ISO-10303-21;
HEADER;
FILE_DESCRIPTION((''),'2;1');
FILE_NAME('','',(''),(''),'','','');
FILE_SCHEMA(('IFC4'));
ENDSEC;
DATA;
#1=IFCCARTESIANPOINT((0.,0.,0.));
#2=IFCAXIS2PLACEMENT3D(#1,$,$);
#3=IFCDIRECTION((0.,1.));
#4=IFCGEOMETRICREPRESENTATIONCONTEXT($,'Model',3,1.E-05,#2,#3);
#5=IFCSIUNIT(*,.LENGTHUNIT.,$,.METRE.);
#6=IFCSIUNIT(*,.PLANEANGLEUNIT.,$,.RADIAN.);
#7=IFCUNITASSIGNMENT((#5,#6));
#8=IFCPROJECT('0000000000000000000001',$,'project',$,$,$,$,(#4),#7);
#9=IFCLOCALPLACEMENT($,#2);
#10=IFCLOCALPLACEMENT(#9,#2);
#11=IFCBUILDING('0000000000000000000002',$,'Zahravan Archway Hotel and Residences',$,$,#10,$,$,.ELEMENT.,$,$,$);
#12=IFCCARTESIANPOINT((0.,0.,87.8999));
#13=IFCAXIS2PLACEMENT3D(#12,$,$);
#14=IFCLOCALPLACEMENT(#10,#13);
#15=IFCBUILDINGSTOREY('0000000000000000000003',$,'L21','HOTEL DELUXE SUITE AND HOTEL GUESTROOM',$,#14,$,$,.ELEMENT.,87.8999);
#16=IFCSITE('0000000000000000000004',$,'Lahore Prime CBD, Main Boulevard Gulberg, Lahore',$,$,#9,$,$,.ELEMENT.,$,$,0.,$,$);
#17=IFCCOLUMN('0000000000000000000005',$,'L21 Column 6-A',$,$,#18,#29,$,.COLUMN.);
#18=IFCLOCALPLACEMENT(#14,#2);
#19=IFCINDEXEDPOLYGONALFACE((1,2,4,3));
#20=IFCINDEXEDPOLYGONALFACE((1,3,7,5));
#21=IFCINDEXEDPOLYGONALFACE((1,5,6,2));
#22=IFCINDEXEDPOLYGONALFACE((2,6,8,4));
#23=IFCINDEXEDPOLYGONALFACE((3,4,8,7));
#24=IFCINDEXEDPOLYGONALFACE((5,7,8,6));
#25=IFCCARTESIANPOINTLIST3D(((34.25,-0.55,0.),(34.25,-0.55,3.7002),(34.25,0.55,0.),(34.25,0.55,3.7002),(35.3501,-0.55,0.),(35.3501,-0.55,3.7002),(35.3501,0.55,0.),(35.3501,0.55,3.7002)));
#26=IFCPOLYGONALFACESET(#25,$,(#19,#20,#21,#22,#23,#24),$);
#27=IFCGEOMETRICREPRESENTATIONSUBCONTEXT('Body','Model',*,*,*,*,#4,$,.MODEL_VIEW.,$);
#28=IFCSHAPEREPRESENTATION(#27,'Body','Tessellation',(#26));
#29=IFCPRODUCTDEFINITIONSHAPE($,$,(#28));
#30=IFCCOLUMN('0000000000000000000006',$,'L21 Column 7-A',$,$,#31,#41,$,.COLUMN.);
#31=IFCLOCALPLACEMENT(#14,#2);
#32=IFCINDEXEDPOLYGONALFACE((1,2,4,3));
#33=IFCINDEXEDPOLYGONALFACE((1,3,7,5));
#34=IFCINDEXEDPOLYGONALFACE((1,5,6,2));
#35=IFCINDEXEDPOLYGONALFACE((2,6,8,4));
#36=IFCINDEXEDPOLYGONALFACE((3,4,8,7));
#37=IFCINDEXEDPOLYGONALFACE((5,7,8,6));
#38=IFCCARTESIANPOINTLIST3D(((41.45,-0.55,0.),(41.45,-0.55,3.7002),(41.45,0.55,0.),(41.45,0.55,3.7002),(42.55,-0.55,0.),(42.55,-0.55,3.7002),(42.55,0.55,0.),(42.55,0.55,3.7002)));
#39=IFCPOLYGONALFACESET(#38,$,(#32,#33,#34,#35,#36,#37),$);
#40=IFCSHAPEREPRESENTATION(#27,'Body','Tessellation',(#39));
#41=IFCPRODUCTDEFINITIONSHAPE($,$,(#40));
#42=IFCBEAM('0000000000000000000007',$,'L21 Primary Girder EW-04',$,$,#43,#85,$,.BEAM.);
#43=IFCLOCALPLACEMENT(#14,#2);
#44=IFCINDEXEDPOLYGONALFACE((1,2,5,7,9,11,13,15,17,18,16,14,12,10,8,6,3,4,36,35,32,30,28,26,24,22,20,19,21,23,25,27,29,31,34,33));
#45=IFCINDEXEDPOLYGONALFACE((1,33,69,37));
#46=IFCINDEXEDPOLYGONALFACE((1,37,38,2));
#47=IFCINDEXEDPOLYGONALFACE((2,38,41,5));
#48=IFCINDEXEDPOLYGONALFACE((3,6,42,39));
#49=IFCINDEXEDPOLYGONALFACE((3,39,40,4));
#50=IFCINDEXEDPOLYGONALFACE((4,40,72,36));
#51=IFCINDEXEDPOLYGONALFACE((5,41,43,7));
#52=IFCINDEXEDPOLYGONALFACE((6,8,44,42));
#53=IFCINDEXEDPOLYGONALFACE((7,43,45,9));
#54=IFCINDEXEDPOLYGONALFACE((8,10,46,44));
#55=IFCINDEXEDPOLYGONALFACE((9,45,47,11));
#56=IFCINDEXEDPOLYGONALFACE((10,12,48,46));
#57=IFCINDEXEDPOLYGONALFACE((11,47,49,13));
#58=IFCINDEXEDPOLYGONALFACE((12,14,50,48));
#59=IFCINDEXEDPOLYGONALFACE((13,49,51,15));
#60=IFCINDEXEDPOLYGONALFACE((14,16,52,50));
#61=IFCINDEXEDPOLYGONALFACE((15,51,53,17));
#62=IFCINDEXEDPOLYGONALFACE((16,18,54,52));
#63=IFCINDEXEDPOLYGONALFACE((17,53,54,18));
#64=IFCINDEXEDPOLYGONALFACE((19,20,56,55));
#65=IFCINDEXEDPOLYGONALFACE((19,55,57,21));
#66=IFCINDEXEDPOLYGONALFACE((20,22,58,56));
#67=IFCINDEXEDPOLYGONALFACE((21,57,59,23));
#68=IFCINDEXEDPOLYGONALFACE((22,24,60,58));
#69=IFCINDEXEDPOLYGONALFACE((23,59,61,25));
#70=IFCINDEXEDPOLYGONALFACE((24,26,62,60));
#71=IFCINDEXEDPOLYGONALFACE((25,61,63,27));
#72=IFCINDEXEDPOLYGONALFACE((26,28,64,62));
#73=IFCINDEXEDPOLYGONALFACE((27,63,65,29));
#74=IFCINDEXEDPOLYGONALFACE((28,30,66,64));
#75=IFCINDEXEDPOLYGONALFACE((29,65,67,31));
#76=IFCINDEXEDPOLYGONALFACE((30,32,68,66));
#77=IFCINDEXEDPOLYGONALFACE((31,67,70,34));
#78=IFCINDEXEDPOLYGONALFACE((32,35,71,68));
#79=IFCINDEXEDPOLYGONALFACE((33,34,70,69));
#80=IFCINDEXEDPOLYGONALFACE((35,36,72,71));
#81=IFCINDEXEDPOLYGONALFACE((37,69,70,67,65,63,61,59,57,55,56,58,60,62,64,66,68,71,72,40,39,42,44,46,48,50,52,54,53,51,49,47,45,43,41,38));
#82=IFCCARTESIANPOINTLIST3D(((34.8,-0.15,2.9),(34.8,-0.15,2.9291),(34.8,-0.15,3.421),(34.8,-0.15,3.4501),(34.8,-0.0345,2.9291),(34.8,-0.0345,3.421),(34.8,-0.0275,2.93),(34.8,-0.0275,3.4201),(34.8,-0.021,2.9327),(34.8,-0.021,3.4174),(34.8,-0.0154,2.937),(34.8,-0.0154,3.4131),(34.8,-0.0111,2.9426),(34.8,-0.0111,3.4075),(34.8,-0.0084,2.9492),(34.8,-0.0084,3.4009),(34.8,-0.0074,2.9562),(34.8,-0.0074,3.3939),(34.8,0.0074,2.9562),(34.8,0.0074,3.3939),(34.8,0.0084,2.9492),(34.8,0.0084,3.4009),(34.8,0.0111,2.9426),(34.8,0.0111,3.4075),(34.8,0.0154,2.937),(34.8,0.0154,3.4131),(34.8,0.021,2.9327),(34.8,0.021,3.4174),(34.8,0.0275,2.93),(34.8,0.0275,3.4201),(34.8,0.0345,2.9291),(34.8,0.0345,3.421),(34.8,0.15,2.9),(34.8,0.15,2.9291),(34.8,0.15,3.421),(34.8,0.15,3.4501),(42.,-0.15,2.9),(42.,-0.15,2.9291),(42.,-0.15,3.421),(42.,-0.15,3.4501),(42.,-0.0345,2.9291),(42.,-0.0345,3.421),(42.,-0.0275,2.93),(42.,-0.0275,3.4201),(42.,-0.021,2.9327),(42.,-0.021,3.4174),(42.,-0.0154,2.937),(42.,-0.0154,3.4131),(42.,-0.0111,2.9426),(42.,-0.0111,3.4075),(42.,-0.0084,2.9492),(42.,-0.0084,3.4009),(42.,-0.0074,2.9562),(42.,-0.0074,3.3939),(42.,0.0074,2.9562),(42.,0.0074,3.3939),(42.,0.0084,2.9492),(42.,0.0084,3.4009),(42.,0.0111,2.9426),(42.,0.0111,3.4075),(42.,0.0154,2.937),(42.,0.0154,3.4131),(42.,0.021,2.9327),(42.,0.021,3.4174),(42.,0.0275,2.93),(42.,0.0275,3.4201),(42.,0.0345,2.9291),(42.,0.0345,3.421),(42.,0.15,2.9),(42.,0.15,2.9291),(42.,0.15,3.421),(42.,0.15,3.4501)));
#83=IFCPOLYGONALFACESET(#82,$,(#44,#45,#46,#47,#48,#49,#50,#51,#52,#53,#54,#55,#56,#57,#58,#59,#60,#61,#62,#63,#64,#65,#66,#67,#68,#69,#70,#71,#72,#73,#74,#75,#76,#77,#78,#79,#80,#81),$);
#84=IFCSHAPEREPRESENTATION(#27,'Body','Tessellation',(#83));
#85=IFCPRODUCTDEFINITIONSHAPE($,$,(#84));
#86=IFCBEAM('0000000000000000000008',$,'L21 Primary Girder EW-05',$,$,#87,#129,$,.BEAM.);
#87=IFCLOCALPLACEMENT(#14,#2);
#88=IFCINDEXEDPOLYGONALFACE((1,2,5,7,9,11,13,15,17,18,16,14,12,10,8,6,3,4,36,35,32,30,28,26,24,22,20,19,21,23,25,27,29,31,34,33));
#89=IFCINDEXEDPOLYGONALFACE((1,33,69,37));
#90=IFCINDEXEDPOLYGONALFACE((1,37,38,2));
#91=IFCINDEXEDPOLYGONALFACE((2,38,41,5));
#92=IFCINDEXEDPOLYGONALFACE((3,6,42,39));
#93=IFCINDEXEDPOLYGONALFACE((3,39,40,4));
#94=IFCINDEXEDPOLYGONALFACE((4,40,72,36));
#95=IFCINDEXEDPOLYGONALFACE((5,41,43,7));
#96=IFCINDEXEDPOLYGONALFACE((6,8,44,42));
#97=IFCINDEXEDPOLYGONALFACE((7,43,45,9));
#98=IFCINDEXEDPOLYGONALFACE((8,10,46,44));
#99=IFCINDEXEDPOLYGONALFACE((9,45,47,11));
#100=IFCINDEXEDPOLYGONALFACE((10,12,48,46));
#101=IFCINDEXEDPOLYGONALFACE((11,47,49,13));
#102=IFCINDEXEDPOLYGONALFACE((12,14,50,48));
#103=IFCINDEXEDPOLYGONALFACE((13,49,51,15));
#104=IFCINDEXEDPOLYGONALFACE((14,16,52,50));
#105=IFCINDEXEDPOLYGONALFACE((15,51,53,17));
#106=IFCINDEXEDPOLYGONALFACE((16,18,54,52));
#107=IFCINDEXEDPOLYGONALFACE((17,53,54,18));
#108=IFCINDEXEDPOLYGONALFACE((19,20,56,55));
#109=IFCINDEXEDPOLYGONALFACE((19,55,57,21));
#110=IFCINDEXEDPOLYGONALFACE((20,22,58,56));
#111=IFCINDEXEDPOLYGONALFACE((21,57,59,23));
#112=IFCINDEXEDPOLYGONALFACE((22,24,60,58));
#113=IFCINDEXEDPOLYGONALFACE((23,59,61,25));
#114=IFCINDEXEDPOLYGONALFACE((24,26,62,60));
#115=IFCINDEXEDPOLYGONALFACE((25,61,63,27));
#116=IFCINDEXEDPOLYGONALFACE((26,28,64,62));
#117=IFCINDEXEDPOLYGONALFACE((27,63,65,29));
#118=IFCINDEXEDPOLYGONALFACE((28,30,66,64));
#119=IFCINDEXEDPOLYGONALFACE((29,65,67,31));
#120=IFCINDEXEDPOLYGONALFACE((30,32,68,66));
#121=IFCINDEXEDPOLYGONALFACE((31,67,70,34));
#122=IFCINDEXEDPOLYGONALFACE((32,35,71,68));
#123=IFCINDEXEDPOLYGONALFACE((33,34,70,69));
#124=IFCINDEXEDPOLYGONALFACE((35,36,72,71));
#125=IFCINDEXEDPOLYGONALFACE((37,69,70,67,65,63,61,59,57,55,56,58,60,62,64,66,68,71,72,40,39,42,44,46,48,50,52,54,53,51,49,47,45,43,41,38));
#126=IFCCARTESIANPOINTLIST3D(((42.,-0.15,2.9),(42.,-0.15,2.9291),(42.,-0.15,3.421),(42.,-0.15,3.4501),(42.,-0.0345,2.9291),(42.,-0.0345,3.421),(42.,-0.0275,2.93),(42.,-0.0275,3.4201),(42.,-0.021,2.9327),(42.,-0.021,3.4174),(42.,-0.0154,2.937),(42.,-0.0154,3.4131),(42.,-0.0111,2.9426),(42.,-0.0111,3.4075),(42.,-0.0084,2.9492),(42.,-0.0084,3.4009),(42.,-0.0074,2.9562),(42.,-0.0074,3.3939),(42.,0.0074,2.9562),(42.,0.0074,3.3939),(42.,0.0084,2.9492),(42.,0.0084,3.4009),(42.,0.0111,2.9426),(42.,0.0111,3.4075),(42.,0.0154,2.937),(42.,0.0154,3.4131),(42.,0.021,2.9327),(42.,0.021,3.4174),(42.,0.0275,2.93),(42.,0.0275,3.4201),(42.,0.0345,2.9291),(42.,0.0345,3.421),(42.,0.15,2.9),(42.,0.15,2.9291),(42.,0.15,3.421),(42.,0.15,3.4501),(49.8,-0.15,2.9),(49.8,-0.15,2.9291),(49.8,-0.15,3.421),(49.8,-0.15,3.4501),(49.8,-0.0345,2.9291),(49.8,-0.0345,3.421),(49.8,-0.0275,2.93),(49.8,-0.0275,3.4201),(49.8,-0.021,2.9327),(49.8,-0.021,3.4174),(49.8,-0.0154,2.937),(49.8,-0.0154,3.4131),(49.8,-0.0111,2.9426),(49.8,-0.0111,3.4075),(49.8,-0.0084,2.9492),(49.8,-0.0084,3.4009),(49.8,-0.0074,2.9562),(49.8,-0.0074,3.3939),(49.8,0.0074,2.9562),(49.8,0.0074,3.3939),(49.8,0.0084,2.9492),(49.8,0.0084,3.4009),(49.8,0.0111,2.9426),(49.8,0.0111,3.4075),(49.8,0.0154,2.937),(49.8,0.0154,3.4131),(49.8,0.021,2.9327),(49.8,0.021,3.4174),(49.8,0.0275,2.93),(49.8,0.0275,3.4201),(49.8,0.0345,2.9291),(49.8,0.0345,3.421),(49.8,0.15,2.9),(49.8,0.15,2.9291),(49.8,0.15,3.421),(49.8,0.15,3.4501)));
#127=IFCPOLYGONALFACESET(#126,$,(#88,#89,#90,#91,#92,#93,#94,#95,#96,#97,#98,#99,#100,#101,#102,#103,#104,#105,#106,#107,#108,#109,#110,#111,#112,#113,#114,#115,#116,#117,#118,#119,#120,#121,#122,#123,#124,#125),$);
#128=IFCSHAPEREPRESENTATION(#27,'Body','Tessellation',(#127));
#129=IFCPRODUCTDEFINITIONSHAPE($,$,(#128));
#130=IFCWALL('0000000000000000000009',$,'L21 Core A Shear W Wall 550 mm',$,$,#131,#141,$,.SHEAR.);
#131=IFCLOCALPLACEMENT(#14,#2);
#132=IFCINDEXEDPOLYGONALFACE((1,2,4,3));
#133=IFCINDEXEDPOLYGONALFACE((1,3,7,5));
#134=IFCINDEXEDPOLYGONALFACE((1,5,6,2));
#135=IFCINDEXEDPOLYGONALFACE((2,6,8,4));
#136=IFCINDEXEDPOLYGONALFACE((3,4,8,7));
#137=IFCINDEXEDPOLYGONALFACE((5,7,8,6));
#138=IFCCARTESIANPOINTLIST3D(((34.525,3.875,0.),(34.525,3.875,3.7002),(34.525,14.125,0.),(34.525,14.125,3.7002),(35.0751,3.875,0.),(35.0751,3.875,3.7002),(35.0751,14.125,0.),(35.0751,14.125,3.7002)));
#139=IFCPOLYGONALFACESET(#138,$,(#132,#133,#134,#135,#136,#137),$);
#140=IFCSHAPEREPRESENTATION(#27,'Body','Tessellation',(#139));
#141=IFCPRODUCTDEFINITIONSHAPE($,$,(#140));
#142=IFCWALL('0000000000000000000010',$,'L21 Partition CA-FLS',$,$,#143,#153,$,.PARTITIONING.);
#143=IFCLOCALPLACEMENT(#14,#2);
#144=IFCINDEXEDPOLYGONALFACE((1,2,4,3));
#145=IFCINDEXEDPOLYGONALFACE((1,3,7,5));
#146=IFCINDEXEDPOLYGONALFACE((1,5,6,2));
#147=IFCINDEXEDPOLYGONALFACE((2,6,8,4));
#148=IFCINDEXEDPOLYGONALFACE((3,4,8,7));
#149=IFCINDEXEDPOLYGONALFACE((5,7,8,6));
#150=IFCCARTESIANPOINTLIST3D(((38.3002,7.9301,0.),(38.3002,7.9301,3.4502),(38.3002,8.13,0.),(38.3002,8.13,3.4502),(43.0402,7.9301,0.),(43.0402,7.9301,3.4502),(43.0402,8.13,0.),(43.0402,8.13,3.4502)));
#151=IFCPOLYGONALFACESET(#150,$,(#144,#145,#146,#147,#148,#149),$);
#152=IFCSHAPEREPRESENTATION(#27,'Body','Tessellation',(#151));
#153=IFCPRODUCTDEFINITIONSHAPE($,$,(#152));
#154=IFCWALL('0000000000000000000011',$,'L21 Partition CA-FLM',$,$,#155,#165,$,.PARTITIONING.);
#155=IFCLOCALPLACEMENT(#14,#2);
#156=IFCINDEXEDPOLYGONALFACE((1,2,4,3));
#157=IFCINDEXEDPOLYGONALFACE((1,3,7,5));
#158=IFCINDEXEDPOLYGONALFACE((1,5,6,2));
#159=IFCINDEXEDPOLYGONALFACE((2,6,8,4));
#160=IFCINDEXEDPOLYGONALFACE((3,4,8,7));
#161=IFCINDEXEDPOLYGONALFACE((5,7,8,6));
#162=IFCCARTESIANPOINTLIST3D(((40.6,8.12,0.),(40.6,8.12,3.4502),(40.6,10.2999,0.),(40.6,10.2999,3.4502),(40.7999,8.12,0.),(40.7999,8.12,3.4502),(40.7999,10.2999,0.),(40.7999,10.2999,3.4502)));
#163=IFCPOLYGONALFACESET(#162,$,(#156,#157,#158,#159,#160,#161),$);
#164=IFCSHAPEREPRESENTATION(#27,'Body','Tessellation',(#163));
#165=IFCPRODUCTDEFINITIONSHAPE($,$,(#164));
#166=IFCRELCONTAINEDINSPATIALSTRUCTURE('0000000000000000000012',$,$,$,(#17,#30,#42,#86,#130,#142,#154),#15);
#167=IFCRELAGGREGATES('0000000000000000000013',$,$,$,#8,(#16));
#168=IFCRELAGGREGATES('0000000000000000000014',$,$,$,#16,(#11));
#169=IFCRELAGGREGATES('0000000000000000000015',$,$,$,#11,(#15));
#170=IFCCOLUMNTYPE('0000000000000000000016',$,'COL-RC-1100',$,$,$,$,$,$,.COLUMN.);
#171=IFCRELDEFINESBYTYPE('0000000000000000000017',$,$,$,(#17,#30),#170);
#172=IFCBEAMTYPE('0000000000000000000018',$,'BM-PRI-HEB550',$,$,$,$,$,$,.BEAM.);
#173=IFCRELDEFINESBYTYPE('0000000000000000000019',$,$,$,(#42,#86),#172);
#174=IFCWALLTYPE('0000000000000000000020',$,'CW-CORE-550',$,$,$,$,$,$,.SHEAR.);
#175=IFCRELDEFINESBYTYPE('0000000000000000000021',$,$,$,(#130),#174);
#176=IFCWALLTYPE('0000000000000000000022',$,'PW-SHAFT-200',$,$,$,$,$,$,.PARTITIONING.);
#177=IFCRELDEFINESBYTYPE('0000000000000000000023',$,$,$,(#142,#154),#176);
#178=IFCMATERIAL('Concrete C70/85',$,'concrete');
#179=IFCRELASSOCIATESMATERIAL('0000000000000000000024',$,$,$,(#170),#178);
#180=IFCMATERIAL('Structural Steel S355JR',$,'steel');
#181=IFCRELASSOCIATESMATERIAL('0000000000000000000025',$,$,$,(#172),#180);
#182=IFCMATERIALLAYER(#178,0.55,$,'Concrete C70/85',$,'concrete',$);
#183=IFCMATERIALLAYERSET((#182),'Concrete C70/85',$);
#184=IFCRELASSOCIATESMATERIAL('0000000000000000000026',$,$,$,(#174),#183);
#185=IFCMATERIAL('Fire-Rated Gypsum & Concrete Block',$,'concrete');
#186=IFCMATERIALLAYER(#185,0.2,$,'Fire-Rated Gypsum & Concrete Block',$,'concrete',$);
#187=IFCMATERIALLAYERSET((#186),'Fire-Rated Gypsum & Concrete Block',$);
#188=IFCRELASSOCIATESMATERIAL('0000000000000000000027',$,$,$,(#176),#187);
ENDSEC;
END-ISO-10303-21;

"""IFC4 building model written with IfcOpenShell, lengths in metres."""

from ifc_helpers import new_model, si_unit, direction, frame, frame_2d, origin, origin_2d, place, context, subcontext, project, spatial, rectangle, i_section, extrude, source, transform, mapped, material, layer, layer_set, material_profile, profile_set, type_object, element, save


model = new_model("IFC4")

# Units and contexts
model_context = context("Model", 3, precision=1e-05, world=origin(), true_north=direction((0.0, 1.0)))
body_context = subcontext(model_context, "Body", "Model", "MODEL_VIEW")
ifc_project = project(units=[si_unit("LENGTHUNIT", "METRE"), si_unit("PLANEANGLEUNIT", "RADIAN")], contexts=[model_context])

# Site, building, storey
site_placement = place(None, origin())
site = spatial("IfcSite", under=ifc_project, at=site_placement, Name="Lahore Prime CBD, Main Boulevard Gulberg, Lahore", CompositionType="ELEMENT", RefElevation=0.0)
building_placement = place(site_placement, origin())
building = spatial("IfcBuilding", under=site, at=building_placement, Name="Zahravan Archway Hotel and Residences", CompositionType="ELEMENT")
storey_placement = place(building_placement, frame((0.0, 0.0, 87.8999)))
storey = spatial("IfcBuildingStorey", under=building, at=storey_placement, Name="L21", Description="HOTEL DELUXE SUITE AND HOTEL GUESTROOM", CompositionType="ELEMENT", Elevation=87.8999)

# Columns
ifc_material_1 = material(Name="Concrete C70/85", Category="concrete")
ifc_material_profile_1 = material_profile(ifc_material_1, rectangle(XDim=1.1001, YDim=1.1001, at=origin_2d()), Name="RC 1100x1100", Category="concrete")
ifc_profile_set_1 = profile_set([ifc_material_profile_1], Name="Concrete C70/85")
column_type = type_object("IfcColumnType", Name="COL-RC-1100", PredefinedType="COLUMN", material=ifc_profile_set_1)
shared_shape_1 = source(origin(), body_context, "Body", "SweptSolid", [
    extrude(rectangle(XDim=1.1001, YDim=1.1001, at=origin_2d()), origin(), (0.0, 0.0, 1.0), 3.7002),
])
for number, where, z_axis, x_axis, name in (
    (1, (34.8, 0.0, 0.0), (0.0, 0.0, 1.0), (1.0, 0.0, 0.0), "L21 Column 6-A"),
    (2, (42.0, 0.0, 0.0), (0.0, 0.0, 1.0), (1.0, 0.0, 0.0), "L21 Column 7-A"),
):
    element("IfcColumn", number, at=place(storey_placement, frame(where, z_axis=z_axis, x_axis=x_axis)), inside=storey, type_object=column_type, Name=name, PredefinedType="COLUMN", context=body_context, shape_type="MappedRepresentation", body=[
        mapped(shared_shape_1, transform((0.0, 0.0, 0.0), scale=1.0)),
    ])

# Beams
ifc_material_2 = material(Name="Structural Steel S355JR", Category="steel")
ifc_material_profile_2 = material_profile(ifc_material_2, i_section(OverallWidth=0.3, OverallDepth=0.55, WebThickness=0.0149, FlangeThickness=0.0291, FilletRadius=0.0271, at=origin_2d()), Name="HEB 550", Category="steel")
ifc_profile_set_2 = profile_set([ifc_material_profile_2], Name="Structural Steel S355JR")
beam_type = type_object("IfcBeamType", Name="BM-PRI-HEB550", PredefinedType="BEAM", material=ifc_profile_set_2)
shared_shape_2 = source(origin(), body_context, "Body", "SweptSolid", [
    extrude(i_section(OverallWidth=0.3, OverallDepth=0.55, WebThickness=0.0149, FlangeThickness=0.0291, FilletRadius=0.0271, at=origin_2d()), origin(), (0.0, 0.0, 1.0), 7.2),
])
beam_1_placement = place(storey_placement, frame((34.8, 0.0, 3.175), z_axis=(1.0, 0.0, 0.0), x_axis=(0.0, 1.0, 0.0)))
element("IfcBeam", 3, at=beam_1_placement, inside=storey, type_object=beam_type, Name="L21 Primary Girder EW-04", PredefinedType="BEAM", context=body_context, shape_type="MappedRepresentation", body=[
    mapped(shared_shape_2, transform((0.0, 0.0, 0.0), scale=1.0)),
])
shared_shape_3 = source(origin(), body_context, "Body", "SweptSolid", [
    extrude(i_section(OverallWidth=0.3, OverallDepth=0.55, WebThickness=0.0149, FlangeThickness=0.0291, FilletRadius=0.0271, at=origin_2d()), origin(), (0.0, 0.0, 1.0), 7.8),
])
beam_2_placement = place(storey_placement, frame((42.0, 0.0, 3.175), z_axis=(1.0, 0.0, 0.0), x_axis=(0.0, 1.0, 0.0)))
element("IfcBeam", 4, at=beam_2_placement, inside=storey, type_object=beam_type, Name="L21 Primary Girder EW-05", PredefinedType="BEAM", context=body_context, shape_type="MappedRepresentation", body=[
    mapped(shared_shape_3, transform((0.0, 0.0, 0.0), scale=1.0)),
])

# Walls
ifc_layer_1 = layer(ifc_material_1, 0.55, Name="Concrete C70/85", Category="concrete")
ifc_layer_set_1 = layer_set([ifc_layer_1], Name="Concrete C70/85")
wall_type_1 = type_object("IfcWallType", Name="CW-CORE-550", PredefinedType="SHEAR", material=ifc_layer_set_1)
wall_1_placement = place(storey_placement, frame((34.8, 3.875, 0.0), z_axis=(0.0, 0.0, 1.0), x_axis=(0.0, 1.0, 0.0)))
element("IfcWall", 5, at=wall_1_placement, inside=storey, type_object=wall_type_1, Name="L21 Core A Shear W Wall 550 mm", PredefinedType="SHEAR", context=body_context, shape_type="SweptSolid", body=[
    extrude(rectangle(XDim=10.25, YDim=0.55, at=frame_2d((5.125, 0.0))), origin(), (0.0, 0.0, 1.0), 3.7002),
])
ifc_material_3 = material(Name="Fire-Rated Gypsum & Concrete Block", Category="concrete")
ifc_layer_2 = layer(ifc_material_3, 0.2, Name="Fire-Rated Gypsum & Concrete Block", Category="concrete")
ifc_layer_set_2 = layer_set([ifc_layer_2], Name="Fire-Rated Gypsum & Concrete Block")
wall_type_2 = type_object("IfcWallType", Name="PW-SHAFT-200", PredefinedType="PARTITIONING", material=ifc_layer_set_2)
wall_2_placement = place(storey_placement, frame((38.3, 8.03, 0.0), z_axis=(0.0, 0.0, 1.0), x_axis=(1.0, 0.0, 0.0)))
element("IfcWall", 6, at=wall_2_placement, inside=storey, type_object=wall_type_2, Name="L21 Partition CA-FLS", PredefinedType="PARTITIONING", context=body_context, shape_type="SweptSolid", body=[
    extrude(rectangle(XDim=4.74, YDim=0.2, at=frame_2d((2.3701, 0.0))), origin(), (0.0, 0.0, 1.0), 3.4502),
])
wall_3_placement = place(storey_placement, frame((40.7, 8.1201, 0.0), z_axis=(0.0, 0.0, 1.0), x_axis=(0.0, 1.0, 0.0)))
element("IfcWall", 7, at=wall_3_placement, inside=storey, type_object=wall_type_2, Name="L21 Partition CA-FLM", PredefinedType="PARTITIONING", context=body_context, shape_type="SweptSolid", body=[
    extrude(rectangle(XDim=2.1799, YDim=0.2, at=frame_2d((1.0898, 0.0))), origin(), (0.0, 0.0, 1.0), 3.4502),
])

save(model, "model.ifc")
